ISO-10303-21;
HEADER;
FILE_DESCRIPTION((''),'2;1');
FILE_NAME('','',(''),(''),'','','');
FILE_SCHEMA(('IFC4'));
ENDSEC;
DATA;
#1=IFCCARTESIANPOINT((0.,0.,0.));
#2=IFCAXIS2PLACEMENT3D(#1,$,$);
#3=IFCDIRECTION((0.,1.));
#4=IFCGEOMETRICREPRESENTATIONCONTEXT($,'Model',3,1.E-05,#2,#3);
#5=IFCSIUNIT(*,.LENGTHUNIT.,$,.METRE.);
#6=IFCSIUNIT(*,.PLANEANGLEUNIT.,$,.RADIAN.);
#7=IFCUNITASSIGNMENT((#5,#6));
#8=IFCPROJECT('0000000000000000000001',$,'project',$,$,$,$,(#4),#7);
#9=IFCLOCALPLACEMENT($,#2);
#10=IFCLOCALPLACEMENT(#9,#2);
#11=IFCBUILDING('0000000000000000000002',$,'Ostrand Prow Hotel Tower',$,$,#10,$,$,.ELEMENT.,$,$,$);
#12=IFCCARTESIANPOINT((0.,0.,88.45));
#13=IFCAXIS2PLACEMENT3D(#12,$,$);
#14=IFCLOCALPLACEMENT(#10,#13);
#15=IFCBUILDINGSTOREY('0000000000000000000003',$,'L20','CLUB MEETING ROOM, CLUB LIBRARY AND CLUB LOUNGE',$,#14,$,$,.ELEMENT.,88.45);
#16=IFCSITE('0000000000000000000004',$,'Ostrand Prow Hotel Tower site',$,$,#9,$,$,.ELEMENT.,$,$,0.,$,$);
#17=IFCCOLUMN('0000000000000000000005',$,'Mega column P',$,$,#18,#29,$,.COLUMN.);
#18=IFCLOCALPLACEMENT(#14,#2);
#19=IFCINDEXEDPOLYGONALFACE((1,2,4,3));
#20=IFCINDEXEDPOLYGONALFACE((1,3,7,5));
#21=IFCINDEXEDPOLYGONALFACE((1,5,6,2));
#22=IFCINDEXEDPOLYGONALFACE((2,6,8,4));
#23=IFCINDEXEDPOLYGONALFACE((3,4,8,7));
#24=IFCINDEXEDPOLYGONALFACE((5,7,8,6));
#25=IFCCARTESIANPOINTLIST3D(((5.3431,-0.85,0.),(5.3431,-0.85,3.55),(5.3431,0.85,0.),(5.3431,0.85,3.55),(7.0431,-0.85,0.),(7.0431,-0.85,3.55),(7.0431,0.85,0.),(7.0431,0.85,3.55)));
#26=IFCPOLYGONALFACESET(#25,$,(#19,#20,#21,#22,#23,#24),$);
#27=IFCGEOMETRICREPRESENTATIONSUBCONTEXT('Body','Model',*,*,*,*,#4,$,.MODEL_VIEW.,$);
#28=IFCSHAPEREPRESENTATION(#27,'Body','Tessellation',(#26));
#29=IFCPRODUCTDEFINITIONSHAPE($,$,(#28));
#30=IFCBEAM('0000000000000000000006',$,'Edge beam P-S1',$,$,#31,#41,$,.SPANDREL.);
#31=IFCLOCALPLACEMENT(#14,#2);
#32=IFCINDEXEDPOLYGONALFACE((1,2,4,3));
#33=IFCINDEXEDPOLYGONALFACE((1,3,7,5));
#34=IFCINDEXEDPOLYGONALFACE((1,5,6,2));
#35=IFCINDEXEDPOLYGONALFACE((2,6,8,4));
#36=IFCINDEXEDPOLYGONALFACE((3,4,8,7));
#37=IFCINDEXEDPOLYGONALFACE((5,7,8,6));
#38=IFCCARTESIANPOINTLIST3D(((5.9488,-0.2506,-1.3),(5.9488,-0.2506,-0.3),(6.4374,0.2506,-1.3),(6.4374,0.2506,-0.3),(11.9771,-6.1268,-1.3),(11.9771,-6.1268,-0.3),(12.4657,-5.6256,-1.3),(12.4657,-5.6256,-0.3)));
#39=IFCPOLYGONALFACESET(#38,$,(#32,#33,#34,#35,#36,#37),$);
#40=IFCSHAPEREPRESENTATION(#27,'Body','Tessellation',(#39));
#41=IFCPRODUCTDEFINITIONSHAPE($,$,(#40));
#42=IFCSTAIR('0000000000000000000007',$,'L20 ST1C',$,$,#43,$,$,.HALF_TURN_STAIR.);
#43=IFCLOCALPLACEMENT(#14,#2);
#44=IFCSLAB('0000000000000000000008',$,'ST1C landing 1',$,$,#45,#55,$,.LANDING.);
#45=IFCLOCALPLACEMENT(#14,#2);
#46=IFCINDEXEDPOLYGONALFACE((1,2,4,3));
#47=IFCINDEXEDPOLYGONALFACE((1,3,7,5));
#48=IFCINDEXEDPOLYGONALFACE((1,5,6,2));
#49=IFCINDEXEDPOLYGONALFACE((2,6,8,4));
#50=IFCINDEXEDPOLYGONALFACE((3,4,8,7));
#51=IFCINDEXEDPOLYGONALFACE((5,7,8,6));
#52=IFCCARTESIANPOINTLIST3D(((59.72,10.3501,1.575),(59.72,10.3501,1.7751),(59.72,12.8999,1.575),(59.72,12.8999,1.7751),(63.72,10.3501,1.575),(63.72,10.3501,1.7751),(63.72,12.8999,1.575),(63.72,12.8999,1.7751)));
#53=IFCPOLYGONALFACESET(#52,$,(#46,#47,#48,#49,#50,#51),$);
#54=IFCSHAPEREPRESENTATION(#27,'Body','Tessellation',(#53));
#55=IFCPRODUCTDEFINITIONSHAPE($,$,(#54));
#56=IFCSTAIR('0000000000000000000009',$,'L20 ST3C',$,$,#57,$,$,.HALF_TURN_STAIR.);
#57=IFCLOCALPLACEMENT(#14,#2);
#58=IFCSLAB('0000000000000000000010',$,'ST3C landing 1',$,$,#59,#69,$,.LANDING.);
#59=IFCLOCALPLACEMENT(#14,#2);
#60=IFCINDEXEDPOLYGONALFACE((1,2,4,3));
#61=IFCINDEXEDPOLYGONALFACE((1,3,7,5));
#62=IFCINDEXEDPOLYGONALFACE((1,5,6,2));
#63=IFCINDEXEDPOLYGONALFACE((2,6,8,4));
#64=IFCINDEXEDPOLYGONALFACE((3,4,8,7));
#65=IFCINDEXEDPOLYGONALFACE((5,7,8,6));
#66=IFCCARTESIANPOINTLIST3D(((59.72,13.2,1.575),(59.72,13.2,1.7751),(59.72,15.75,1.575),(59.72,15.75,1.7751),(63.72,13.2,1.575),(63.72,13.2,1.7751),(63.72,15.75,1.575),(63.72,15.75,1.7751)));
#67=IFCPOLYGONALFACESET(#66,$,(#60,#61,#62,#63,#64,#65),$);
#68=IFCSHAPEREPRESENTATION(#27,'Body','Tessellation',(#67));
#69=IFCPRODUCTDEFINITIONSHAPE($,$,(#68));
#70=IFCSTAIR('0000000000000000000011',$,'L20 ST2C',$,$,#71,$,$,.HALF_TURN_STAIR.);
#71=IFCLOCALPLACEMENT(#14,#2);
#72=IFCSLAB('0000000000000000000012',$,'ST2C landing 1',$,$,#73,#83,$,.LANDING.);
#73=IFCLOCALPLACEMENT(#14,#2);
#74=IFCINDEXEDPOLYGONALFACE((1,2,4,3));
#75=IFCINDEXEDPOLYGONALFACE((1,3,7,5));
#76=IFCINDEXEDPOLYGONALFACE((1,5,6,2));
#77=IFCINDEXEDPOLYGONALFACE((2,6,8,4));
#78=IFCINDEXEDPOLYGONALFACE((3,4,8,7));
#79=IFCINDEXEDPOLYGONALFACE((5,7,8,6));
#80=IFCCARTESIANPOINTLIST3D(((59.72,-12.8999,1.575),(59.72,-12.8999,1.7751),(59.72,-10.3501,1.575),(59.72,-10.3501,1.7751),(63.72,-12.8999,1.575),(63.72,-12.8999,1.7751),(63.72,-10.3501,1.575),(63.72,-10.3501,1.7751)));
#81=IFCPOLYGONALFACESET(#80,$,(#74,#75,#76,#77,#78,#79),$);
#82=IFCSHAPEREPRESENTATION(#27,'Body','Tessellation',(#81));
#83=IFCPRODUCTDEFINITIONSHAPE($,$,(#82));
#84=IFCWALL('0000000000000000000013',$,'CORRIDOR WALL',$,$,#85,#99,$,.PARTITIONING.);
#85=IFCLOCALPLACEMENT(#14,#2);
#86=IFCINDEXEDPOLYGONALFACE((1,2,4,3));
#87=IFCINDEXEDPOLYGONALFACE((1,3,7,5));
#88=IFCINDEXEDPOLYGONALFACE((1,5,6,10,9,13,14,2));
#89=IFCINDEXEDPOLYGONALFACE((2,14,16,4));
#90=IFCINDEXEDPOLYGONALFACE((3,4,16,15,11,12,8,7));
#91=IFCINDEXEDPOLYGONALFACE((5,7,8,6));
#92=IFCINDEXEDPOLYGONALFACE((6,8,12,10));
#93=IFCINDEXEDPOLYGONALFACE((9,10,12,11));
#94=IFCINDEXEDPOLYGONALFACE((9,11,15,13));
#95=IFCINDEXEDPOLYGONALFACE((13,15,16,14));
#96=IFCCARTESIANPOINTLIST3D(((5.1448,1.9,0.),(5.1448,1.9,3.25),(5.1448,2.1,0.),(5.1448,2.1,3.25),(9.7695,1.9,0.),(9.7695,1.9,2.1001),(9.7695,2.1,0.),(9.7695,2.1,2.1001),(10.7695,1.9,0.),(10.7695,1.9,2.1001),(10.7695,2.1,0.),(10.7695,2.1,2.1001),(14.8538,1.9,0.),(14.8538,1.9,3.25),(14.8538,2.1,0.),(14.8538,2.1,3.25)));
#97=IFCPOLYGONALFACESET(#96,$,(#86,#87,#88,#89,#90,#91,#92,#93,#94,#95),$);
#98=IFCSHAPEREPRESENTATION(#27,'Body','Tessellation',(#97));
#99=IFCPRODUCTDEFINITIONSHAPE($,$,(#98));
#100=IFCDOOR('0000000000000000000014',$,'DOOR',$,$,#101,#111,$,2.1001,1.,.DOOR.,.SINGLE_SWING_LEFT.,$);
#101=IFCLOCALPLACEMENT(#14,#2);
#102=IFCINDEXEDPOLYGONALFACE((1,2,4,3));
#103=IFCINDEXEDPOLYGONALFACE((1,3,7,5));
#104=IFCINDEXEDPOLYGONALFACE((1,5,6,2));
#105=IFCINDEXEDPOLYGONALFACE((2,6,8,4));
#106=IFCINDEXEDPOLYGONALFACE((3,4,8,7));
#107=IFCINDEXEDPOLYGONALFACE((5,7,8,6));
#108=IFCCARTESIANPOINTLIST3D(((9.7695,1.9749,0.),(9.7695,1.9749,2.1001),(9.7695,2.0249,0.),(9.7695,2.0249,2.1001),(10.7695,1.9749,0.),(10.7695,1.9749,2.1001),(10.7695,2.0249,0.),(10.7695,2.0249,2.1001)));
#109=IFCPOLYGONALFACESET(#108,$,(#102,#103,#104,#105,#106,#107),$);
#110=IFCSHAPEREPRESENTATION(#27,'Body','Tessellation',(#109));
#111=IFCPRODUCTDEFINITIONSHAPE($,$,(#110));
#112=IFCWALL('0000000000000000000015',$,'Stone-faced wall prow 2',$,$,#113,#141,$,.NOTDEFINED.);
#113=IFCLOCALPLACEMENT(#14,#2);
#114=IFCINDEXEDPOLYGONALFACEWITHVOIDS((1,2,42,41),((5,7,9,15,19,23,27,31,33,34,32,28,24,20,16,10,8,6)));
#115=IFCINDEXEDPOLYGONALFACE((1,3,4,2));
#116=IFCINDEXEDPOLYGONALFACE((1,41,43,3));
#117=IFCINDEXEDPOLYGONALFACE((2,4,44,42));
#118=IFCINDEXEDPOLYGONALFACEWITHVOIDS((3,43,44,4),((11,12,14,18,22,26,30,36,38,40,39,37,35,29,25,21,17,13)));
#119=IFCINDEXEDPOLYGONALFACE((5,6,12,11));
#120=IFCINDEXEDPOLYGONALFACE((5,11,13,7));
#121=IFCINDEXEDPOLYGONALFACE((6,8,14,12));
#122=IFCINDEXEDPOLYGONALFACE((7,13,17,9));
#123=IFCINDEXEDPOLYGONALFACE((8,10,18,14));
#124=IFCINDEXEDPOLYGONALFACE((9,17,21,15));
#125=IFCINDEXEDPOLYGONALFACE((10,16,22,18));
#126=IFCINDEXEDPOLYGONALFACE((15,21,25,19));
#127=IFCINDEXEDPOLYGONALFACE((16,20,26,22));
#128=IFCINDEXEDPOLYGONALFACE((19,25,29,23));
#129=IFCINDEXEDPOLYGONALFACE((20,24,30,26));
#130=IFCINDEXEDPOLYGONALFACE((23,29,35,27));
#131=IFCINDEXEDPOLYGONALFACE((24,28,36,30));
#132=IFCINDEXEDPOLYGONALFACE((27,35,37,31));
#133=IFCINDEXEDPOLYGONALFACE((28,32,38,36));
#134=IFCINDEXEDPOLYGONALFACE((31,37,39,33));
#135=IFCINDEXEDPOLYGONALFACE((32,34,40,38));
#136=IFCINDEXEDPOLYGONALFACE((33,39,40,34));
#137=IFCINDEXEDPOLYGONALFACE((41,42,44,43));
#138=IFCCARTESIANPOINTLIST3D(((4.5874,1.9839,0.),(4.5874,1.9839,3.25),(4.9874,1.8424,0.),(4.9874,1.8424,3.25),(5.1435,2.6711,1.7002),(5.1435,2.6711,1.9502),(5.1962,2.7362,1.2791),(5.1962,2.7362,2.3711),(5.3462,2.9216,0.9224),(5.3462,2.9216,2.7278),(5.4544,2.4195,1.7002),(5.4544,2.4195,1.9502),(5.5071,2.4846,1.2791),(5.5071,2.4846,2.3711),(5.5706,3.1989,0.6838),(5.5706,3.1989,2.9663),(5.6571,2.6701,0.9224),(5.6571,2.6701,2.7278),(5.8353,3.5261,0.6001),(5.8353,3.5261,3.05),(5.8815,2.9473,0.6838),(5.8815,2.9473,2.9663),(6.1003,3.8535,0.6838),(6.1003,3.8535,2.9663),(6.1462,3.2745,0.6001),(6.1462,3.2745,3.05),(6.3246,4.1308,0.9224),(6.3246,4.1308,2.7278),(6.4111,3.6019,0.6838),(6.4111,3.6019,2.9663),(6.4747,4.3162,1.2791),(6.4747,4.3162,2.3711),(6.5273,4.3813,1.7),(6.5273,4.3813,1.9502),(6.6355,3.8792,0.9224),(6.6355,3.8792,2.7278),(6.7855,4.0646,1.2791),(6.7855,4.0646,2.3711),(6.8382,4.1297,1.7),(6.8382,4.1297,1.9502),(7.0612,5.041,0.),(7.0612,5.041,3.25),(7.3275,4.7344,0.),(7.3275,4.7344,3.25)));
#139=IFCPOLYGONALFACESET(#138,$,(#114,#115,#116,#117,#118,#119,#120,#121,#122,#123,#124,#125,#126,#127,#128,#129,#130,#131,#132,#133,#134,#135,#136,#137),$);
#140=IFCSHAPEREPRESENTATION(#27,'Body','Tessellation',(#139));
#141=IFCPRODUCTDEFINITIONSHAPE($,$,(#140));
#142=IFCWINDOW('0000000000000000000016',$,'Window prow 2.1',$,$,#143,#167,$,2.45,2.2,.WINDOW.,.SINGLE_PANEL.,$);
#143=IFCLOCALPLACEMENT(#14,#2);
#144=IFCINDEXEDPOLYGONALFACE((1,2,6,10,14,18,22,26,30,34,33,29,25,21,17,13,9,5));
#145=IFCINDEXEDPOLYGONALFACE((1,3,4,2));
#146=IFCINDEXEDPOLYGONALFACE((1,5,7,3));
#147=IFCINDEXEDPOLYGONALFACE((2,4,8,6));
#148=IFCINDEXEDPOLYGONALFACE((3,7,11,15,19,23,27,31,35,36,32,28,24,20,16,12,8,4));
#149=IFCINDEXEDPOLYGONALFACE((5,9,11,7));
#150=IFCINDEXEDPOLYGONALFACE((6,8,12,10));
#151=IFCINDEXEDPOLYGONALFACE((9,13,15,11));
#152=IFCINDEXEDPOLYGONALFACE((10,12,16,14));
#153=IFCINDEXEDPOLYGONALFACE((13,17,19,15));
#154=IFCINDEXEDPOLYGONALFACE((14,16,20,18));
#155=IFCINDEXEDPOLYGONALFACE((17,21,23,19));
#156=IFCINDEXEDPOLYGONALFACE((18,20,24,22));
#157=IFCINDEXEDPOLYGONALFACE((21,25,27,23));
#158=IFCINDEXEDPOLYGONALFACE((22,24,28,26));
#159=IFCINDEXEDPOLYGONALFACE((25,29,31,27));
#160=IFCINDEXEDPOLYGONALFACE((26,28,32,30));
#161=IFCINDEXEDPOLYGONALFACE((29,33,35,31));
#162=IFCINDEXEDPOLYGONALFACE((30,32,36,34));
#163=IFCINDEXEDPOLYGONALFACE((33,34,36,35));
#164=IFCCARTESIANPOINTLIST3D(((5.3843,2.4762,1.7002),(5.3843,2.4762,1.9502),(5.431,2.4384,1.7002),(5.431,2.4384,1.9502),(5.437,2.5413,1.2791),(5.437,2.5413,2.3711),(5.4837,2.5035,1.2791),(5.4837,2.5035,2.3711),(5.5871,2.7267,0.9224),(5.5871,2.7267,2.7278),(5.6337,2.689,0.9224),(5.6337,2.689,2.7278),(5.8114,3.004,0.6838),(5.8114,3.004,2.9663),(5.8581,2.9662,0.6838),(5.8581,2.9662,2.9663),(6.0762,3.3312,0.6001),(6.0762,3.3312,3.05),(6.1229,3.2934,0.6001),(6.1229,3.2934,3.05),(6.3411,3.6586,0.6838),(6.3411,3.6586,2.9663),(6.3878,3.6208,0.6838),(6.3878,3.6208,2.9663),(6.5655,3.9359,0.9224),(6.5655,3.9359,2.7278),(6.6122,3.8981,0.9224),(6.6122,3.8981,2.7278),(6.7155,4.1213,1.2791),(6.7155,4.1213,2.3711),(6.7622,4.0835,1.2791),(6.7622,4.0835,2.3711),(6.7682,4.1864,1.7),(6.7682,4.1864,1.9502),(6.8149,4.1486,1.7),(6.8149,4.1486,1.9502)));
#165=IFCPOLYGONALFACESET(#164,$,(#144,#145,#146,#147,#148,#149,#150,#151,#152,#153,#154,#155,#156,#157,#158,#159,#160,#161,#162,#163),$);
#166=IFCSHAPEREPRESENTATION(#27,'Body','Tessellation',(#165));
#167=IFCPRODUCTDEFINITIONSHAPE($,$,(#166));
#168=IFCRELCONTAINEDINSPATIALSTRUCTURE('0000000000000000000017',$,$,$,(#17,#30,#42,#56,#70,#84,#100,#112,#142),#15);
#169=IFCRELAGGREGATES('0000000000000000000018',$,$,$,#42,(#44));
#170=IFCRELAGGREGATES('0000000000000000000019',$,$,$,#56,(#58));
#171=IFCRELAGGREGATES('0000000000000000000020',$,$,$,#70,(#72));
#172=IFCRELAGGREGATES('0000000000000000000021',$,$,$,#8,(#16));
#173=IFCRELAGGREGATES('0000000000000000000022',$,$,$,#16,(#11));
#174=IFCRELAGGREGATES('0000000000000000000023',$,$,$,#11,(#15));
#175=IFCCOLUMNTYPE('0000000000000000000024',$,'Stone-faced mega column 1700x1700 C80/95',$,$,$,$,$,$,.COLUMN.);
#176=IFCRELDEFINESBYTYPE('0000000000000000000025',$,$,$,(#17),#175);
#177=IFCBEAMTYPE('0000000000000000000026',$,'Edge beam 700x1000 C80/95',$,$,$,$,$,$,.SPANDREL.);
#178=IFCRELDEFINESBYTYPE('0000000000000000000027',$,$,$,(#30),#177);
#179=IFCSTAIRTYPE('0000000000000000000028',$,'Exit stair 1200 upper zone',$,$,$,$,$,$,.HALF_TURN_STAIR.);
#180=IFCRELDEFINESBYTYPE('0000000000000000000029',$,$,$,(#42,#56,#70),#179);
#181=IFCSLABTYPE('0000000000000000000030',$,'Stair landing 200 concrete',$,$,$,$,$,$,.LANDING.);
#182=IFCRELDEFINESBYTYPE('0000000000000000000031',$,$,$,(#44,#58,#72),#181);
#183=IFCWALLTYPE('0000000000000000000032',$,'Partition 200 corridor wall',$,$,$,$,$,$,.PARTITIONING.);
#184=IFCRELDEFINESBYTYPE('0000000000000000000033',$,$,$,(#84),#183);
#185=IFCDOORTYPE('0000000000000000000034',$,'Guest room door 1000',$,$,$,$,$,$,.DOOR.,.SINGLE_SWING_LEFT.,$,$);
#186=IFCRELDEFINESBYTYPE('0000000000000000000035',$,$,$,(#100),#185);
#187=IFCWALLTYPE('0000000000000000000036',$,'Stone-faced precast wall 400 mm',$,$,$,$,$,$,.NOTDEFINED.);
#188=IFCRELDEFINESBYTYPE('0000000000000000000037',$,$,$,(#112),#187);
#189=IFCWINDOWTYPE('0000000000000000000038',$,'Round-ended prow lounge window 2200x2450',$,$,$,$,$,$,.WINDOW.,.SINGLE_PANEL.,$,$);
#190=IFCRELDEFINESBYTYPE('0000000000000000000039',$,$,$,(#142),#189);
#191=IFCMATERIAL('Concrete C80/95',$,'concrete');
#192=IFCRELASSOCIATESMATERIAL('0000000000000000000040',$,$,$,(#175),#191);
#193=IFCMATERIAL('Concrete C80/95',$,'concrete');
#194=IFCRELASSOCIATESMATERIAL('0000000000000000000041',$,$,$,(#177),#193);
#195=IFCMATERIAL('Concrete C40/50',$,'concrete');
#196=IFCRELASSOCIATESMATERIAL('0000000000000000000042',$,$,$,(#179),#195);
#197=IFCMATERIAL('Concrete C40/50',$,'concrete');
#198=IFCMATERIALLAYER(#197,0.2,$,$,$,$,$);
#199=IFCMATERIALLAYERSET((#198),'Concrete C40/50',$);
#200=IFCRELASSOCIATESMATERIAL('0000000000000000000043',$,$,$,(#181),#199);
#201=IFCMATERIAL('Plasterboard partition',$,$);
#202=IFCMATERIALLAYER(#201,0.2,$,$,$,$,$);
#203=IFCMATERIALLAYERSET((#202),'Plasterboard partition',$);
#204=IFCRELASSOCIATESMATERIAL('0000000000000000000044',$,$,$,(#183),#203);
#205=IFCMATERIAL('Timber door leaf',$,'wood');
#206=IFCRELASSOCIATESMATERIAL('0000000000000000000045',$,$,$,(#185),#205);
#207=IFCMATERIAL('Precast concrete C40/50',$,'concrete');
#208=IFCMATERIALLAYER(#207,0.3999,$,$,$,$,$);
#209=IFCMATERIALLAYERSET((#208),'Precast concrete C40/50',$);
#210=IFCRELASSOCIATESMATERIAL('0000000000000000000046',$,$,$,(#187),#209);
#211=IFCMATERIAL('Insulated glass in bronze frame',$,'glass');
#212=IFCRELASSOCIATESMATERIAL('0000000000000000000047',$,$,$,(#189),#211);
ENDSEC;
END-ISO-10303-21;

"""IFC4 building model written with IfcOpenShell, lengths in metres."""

from ifc_helpers import new_model, si_unit, direction, frame, frame_2d, origin, origin_2d, place, context, subcontext, project, spatial, polyline, rectangle, outline, extrude, material, layer, layer_set, material_profile, profile_set, type_object, element, fill, aggregate, save


model = new_model("IFC4")

# Units and contexts
model_context = context("Model", 3, precision=1e-05, world=origin(), true_north=direction((0.0, 1.0)))
body_context = subcontext(model_context, "Body", "Model", "MODEL_VIEW")
ifc_project = project(units=[si_unit("LENGTHUNIT", "METRE"), si_unit("PLANEANGLEUNIT", "RADIAN")], contexts=[model_context])

# Site, building, storey
site_placement = place(None, origin())
site = spatial("IfcSite", under=ifc_project, at=site_placement, Name="Ostrand Prow Hotel Tower site", CompositionType="ELEMENT", RefElevation=0.0)
building_placement = place(site_placement, origin())
building = spatial("IfcBuilding", under=site, at=building_placement, Name="Ostrand Prow Hotel Tower", CompositionType="ELEMENT")
storey_placement = place(building_placement, frame((0.0, 0.0, 88.45)))
storey = spatial("IfcBuildingStorey", under=building, at=storey_placement, Name="L20", Description="CLUB MEETING ROOM, CLUB LIBRARY AND CLUB LOUNGE", CompositionType="ELEMENT", Elevation=88.45)

# Column
ifc_material_1 = material(Name="Concrete C80/95", Category="concrete")
ifc_material_profile_1 = material_profile(ifc_material_1, rectangle(XDim=1.7, YDim=1.7, at=origin_2d()), Name="RC 1700x1700")
ifc_profile_set_1 = profile_set([ifc_material_profile_1], Name="Concrete C80/95")
column_type = type_object("IfcColumnType", Name="Stone-faced mega column 1700x1700 C80/95", PredefinedType="COLUMN", material=ifc_profile_set_1)
column_placement = place(storey_placement, frame((6.1931, 0.0, 0.0), z_axis=(0.0, 0.0, 1.0), x_axis=(1.0, 0.0, 0.0)))
element("IfcColumn", 1, at=column_placement, inside=storey, type_object=column_type, Name="Mega column P", PredefinedType="COLUMN", context=body_context, shape_type="SweptSolid", body=[
    extrude(rectangle(XDim=1.7, YDim=1.7, at=origin_2d()), origin(), (0.0, 0.0, 1.0), 3.55),
])

# Beam
ifc_material_2 = material(Name="Concrete C80/95", Category="concrete")
ifc_material_profile_2 = material_profile(ifc_material_2, rectangle(XDim=0.7, YDim=1.0, at=origin_2d()), Name="RC 700x1000")
ifc_profile_set_2 = profile_set([ifc_material_profile_2], Name="Concrete C80/95")
beam_type = type_object("IfcBeamType", Name="Edge beam 700x1000 C80/95", PredefinedType="SPANDREL", material=ifc_profile_set_2)
beam_placement = place(storey_placement, frame((6.1931, 0.0, -0.8), z_axis=(0.716083, -0.698015, 0.0), x_axis=(0.698015, 0.716083, 0.0)))
element("IfcBeam", 2, at=beam_placement, inside=storey, type_object=beam_type, Name="Edge beam P-S1", PredefinedType="SPANDREL", context=body_context, shape_type="SweptSolid", body=[
    extrude(rectangle(XDim=0.7, YDim=1.0, at=origin_2d()), origin(), (0.0, 0.0, 1.0), 8.4185),
])

# Stairs, slabs
ifc_material_3 = material(Name="Concrete C40/50", Category="concrete")
stair_type = type_object("IfcStairType", Name="Exit stair 1200 upper zone", PredefinedType="HALF_TURN_STAIR", material=ifc_material_3)
stair_1_placement = place(storey_placement, origin())
stair_1 = element("IfcStair", 3, at=stair_1_placement, inside=storey, type_object=stair_type, Name="L20 ST1C", PredefinedType="HALF_TURN_STAIR")
ifc_material_4 = material(Name="Concrete C40/50", Category="concrete")
ifc_layer_1 = layer(ifc_material_4, 0.2)
ifc_layer_set_1 = layer_set([ifc_layer_1], Name="Concrete C40/50")
slab_type = type_object("IfcSlabType", Name="Stair landing 200 concrete", PredefinedType="LANDING", material=ifc_layer_set_1)
slab_1_placement = place(storey_placement, frame((0.0, 0.0, 1.575)))
slab_1 = element("IfcSlab", 4, at=slab_1_placement, type_object=slab_type, Name="ST1C landing 1", PredefinedType="LANDING", context=body_context, shape_type="SweptSolid", body=[
    extrude(outline(polyline([(59.72, 10.3501), (63.72, 10.3501), (63.72, 12.8999), (59.72, 12.8999), (59.72, 10.3501)])), origin(), (0.0, 0.0, 1.0), 0.2002),
])
aggregate(stair_1, [slab_1])
stair_2_placement = place(storey_placement, origin())
stair_2 = element("IfcStair", 5, at=stair_2_placement, inside=storey, type_object=stair_type, Name="L20 ST3C", PredefinedType="HALF_TURN_STAIR")
slab_2_placement = place(storey_placement, frame((0.0, 0.0, 1.575)))
slab_2 = element("IfcSlab", 6, at=slab_2_placement, type_object=slab_type, Name="ST3C landing 1", PredefinedType="LANDING", context=body_context, shape_type="SweptSolid", body=[
    extrude(outline(polyline([(59.72, 13.2), (63.72, 13.2), (63.72, 15.75), (59.72, 15.75), (59.72, 13.2)])), origin(), (0.0, 0.0, 1.0), 0.2002),
])
aggregate(stair_2, [slab_2])
stair_3_placement = place(storey_placement, origin())
stair_3 = element("IfcStair", 7, at=stair_3_placement, inside=storey, type_object=stair_type, Name="L20 ST2C", PredefinedType="HALF_TURN_STAIR")
slab_3_placement = place(storey_placement, frame((0.0, 0.0, 1.575)))
slab_3 = element("IfcSlab", 8, at=slab_3_placement, type_object=slab_type, Name="ST2C landing 1", PredefinedType="LANDING", context=body_context, shape_type="SweptSolid", body=[
    extrude(outline(polyline([(59.72, -12.8999), (63.72, -12.8999), (63.72, -10.3501), (59.72, -10.3501), (59.72, -12.8999)])), origin(), (0.0, 0.0, 1.0), 0.2002),
])
aggregate(stair_3, [slab_3])

# Wall, opening, door
ifc_material_5 = material(Name="Plasterboard partition")
ifc_layer_2 = layer(ifc_material_5, 0.2)
ifc_layer_set_2 = layer_set([ifc_layer_2], Name="Plasterboard partition")
wall_type_1 = type_object("IfcWallType", Name="Partition 200 corridor wall", PredefinedType="PARTITIONING", material=ifc_layer_set_2)
wall_1_placement = place(storey_placement, frame((5.1448, 2.0, 0.0), z_axis=(0.0, 0.0, 1.0), x_axis=(1.0, 0.0, 0.0)))
wall_1 = element("IfcWall", 9, at=wall_1_placement, inside=storey, type_object=wall_type_1, Name="CORRIDOR WALL", PredefinedType="PARTITIONING", context=body_context, shape_type="SweptSolid", body=[
    extrude(rectangle(XDim=9.709, YDim=0.2, at=frame_2d((4.8545, 0.0))), origin(), (0.0, 0.0, 1.0), 3.25),
])
opening_1_placement = place(wall_1_placement, frame((4.6248, 0.0, 0.0)))
opening_1 = element("IfcOpeningElement", 10, at=opening_1_placement, cuts=wall_1, PredefinedType="OPENING", context=body_context, shape_type="SweptSolid", body=[
    extrude(rectangle(XDim=1.0, YDim=2.1001, at=frame_2d((0.5, 1.05))), frame((0.0, 0.1099, 0.0), z_axis=(0.0, -1.0, 0.0), x_axis=(1.0, 0.0, 0.0)), (0.0, 0.0, 1.0), 0.22),
])
ifc_material_6 = material(Name="Timber door leaf", Category="wood")
door_type = type_object("IfcDoorType", Name="Guest room door 1000", OperationType="SINGLE_SWING_LEFT", PredefinedType="DOOR", material=ifc_material_6)
door_placement = place(opening_1_placement, origin())
door = element("IfcDoor", 11, at=door_placement, inside=storey, type_object=door_type, Name="DOOR", OperationType="SINGLE_SWING_LEFT", OverallHeight=2.1001, OverallWidth=1.0, PredefinedType="DOOR", context=body_context, shape_type="SweptSolid", body=[
    extrude(rectangle(XDim=1.0, YDim=2.1001, at=frame_2d((0.5, 1.05))), frame((0.0, 0.0249, 0.0), z_axis=(0.0, -1.0, 0.0), x_axis=(1.0, 0.0, 0.0)), (0.0, 0.0, 1.0), 0.05),
])
fill(opening_1, door)

# Wall, opening, window
ifc_material_7 = material(Name="Precast concrete C40/50", Category="concrete")
ifc_layer_3 = layer(ifc_material_7, 0.3999)
ifc_layer_set_3 = layer_set([ifc_layer_3], Name="Precast concrete C40/50")
wall_type_2 = type_object("IfcWallType", Name="Stone-faced precast wall 400 mm", PredefinedType="NOTDEFINED", material=ifc_layer_set_3)
wall_2_placement = place(storey_placement, frame((7.1943, 4.8877, 0.0), z_axis=(0.0, 0.0, 1.0), x_axis=(-0.629035, -0.777377, 0.0)))
wall_2 = element("IfcWall", 12, at=wall_2_placement, inside=storey, type_object=wall_type_2, Name="Stone-faced wall prow 2", PredefinedType="NOTDEFINED", context=body_context, shape_type="SweptSolid", body=[
    extrude(outline(polyline([(-0.0354, -0.2), (3.8972, -0.2), (3.7556, 0.2), (0.0354, 0.2), (-0.0354, -0.2)])), origin(), (0.0, 0.0, 1.0), 3.25),
])
opening_2_placement = place(wall_2_placement, frame((0.8132, 0.0, 0.6001)))
opening_2 = element("IfcOpeningElement", 13, at=opening_2_placement, cuts=wall_2, PredefinedType="OPENING", context=body_context, shape_type="SweptSolid", body=[
    extrude(outline(polyline([(0.0, 1.3501), (0.0837, 1.771), (0.3223, 2.1277), (0.679, 2.3662), (1.1001, 2.45), (1.521, 2.3662), (1.8777, 2.1277), (2.1162, 1.771), (2.2, 1.3501), (2.2, 1.1001), (2.1162, 0.679), (1.8777, 0.3223), (1.521, 0.0837), (1.1001, 0.0), (0.679, 0.0837), (0.3223, 0.3223), (0.0837, 0.679), (0.0, 1.0999), (0.0, 1.3501)])), frame((0.0, 0.21, 0.0), z_axis=(0.0, -1.0, 0.0), x_axis=(1.0, 0.0, 0.0)), (0.0, 0.0, 1.0), 0.4199),
])
ifc_material_8 = material(Name="Insulated glass in bronze frame", Category="glass")
window_type = type_object("IfcWindowType", Name="Round-ended prow lounge window 2200x2450", PartitioningType="SINGLE_PANEL", PredefinedType="WINDOW", material=ifc_material_8)
window_1_placement = place(opening_2_placement, origin())
window_1 = element("IfcWindow", 14, at=window_1_placement, inside=storey, type_object=window_type, Name="Window prow 2.1", OverallHeight=2.45, OverallWidth=2.2, PartitioningType="SINGLE_PANEL", PredefinedType="WINDOW", context=body_context, shape_type="SweptSolid", body=[
    extrude(outline(polyline([(0.0, 1.3501), (0.0837, 1.771), (0.3223, 2.1277), (0.679, 2.3662), (1.1001, 2.45), (1.521, 2.3662), (1.8777, 2.1277), (2.1162, 1.771), (2.2, 1.3501), (2.2, 1.1001), (2.1162, 0.679), (1.8777, 0.3223), (1.521, 0.0837), (1.1001, 0.0), (0.679, 0.0837), (0.3223, 0.3223), (0.0837, 0.679), (0.0, 1.0999), (0.0, 1.3501)])), frame((0.0, 0.1699, 0.0), z_axis=(0.0, -1.0, 0.0), x_axis=(1.0, 0.0, 0.0)), (0.0, 0.0, 1.0), 0.0601),
])
fill(opening_2, window_1)

save(model, "model.ifc")
